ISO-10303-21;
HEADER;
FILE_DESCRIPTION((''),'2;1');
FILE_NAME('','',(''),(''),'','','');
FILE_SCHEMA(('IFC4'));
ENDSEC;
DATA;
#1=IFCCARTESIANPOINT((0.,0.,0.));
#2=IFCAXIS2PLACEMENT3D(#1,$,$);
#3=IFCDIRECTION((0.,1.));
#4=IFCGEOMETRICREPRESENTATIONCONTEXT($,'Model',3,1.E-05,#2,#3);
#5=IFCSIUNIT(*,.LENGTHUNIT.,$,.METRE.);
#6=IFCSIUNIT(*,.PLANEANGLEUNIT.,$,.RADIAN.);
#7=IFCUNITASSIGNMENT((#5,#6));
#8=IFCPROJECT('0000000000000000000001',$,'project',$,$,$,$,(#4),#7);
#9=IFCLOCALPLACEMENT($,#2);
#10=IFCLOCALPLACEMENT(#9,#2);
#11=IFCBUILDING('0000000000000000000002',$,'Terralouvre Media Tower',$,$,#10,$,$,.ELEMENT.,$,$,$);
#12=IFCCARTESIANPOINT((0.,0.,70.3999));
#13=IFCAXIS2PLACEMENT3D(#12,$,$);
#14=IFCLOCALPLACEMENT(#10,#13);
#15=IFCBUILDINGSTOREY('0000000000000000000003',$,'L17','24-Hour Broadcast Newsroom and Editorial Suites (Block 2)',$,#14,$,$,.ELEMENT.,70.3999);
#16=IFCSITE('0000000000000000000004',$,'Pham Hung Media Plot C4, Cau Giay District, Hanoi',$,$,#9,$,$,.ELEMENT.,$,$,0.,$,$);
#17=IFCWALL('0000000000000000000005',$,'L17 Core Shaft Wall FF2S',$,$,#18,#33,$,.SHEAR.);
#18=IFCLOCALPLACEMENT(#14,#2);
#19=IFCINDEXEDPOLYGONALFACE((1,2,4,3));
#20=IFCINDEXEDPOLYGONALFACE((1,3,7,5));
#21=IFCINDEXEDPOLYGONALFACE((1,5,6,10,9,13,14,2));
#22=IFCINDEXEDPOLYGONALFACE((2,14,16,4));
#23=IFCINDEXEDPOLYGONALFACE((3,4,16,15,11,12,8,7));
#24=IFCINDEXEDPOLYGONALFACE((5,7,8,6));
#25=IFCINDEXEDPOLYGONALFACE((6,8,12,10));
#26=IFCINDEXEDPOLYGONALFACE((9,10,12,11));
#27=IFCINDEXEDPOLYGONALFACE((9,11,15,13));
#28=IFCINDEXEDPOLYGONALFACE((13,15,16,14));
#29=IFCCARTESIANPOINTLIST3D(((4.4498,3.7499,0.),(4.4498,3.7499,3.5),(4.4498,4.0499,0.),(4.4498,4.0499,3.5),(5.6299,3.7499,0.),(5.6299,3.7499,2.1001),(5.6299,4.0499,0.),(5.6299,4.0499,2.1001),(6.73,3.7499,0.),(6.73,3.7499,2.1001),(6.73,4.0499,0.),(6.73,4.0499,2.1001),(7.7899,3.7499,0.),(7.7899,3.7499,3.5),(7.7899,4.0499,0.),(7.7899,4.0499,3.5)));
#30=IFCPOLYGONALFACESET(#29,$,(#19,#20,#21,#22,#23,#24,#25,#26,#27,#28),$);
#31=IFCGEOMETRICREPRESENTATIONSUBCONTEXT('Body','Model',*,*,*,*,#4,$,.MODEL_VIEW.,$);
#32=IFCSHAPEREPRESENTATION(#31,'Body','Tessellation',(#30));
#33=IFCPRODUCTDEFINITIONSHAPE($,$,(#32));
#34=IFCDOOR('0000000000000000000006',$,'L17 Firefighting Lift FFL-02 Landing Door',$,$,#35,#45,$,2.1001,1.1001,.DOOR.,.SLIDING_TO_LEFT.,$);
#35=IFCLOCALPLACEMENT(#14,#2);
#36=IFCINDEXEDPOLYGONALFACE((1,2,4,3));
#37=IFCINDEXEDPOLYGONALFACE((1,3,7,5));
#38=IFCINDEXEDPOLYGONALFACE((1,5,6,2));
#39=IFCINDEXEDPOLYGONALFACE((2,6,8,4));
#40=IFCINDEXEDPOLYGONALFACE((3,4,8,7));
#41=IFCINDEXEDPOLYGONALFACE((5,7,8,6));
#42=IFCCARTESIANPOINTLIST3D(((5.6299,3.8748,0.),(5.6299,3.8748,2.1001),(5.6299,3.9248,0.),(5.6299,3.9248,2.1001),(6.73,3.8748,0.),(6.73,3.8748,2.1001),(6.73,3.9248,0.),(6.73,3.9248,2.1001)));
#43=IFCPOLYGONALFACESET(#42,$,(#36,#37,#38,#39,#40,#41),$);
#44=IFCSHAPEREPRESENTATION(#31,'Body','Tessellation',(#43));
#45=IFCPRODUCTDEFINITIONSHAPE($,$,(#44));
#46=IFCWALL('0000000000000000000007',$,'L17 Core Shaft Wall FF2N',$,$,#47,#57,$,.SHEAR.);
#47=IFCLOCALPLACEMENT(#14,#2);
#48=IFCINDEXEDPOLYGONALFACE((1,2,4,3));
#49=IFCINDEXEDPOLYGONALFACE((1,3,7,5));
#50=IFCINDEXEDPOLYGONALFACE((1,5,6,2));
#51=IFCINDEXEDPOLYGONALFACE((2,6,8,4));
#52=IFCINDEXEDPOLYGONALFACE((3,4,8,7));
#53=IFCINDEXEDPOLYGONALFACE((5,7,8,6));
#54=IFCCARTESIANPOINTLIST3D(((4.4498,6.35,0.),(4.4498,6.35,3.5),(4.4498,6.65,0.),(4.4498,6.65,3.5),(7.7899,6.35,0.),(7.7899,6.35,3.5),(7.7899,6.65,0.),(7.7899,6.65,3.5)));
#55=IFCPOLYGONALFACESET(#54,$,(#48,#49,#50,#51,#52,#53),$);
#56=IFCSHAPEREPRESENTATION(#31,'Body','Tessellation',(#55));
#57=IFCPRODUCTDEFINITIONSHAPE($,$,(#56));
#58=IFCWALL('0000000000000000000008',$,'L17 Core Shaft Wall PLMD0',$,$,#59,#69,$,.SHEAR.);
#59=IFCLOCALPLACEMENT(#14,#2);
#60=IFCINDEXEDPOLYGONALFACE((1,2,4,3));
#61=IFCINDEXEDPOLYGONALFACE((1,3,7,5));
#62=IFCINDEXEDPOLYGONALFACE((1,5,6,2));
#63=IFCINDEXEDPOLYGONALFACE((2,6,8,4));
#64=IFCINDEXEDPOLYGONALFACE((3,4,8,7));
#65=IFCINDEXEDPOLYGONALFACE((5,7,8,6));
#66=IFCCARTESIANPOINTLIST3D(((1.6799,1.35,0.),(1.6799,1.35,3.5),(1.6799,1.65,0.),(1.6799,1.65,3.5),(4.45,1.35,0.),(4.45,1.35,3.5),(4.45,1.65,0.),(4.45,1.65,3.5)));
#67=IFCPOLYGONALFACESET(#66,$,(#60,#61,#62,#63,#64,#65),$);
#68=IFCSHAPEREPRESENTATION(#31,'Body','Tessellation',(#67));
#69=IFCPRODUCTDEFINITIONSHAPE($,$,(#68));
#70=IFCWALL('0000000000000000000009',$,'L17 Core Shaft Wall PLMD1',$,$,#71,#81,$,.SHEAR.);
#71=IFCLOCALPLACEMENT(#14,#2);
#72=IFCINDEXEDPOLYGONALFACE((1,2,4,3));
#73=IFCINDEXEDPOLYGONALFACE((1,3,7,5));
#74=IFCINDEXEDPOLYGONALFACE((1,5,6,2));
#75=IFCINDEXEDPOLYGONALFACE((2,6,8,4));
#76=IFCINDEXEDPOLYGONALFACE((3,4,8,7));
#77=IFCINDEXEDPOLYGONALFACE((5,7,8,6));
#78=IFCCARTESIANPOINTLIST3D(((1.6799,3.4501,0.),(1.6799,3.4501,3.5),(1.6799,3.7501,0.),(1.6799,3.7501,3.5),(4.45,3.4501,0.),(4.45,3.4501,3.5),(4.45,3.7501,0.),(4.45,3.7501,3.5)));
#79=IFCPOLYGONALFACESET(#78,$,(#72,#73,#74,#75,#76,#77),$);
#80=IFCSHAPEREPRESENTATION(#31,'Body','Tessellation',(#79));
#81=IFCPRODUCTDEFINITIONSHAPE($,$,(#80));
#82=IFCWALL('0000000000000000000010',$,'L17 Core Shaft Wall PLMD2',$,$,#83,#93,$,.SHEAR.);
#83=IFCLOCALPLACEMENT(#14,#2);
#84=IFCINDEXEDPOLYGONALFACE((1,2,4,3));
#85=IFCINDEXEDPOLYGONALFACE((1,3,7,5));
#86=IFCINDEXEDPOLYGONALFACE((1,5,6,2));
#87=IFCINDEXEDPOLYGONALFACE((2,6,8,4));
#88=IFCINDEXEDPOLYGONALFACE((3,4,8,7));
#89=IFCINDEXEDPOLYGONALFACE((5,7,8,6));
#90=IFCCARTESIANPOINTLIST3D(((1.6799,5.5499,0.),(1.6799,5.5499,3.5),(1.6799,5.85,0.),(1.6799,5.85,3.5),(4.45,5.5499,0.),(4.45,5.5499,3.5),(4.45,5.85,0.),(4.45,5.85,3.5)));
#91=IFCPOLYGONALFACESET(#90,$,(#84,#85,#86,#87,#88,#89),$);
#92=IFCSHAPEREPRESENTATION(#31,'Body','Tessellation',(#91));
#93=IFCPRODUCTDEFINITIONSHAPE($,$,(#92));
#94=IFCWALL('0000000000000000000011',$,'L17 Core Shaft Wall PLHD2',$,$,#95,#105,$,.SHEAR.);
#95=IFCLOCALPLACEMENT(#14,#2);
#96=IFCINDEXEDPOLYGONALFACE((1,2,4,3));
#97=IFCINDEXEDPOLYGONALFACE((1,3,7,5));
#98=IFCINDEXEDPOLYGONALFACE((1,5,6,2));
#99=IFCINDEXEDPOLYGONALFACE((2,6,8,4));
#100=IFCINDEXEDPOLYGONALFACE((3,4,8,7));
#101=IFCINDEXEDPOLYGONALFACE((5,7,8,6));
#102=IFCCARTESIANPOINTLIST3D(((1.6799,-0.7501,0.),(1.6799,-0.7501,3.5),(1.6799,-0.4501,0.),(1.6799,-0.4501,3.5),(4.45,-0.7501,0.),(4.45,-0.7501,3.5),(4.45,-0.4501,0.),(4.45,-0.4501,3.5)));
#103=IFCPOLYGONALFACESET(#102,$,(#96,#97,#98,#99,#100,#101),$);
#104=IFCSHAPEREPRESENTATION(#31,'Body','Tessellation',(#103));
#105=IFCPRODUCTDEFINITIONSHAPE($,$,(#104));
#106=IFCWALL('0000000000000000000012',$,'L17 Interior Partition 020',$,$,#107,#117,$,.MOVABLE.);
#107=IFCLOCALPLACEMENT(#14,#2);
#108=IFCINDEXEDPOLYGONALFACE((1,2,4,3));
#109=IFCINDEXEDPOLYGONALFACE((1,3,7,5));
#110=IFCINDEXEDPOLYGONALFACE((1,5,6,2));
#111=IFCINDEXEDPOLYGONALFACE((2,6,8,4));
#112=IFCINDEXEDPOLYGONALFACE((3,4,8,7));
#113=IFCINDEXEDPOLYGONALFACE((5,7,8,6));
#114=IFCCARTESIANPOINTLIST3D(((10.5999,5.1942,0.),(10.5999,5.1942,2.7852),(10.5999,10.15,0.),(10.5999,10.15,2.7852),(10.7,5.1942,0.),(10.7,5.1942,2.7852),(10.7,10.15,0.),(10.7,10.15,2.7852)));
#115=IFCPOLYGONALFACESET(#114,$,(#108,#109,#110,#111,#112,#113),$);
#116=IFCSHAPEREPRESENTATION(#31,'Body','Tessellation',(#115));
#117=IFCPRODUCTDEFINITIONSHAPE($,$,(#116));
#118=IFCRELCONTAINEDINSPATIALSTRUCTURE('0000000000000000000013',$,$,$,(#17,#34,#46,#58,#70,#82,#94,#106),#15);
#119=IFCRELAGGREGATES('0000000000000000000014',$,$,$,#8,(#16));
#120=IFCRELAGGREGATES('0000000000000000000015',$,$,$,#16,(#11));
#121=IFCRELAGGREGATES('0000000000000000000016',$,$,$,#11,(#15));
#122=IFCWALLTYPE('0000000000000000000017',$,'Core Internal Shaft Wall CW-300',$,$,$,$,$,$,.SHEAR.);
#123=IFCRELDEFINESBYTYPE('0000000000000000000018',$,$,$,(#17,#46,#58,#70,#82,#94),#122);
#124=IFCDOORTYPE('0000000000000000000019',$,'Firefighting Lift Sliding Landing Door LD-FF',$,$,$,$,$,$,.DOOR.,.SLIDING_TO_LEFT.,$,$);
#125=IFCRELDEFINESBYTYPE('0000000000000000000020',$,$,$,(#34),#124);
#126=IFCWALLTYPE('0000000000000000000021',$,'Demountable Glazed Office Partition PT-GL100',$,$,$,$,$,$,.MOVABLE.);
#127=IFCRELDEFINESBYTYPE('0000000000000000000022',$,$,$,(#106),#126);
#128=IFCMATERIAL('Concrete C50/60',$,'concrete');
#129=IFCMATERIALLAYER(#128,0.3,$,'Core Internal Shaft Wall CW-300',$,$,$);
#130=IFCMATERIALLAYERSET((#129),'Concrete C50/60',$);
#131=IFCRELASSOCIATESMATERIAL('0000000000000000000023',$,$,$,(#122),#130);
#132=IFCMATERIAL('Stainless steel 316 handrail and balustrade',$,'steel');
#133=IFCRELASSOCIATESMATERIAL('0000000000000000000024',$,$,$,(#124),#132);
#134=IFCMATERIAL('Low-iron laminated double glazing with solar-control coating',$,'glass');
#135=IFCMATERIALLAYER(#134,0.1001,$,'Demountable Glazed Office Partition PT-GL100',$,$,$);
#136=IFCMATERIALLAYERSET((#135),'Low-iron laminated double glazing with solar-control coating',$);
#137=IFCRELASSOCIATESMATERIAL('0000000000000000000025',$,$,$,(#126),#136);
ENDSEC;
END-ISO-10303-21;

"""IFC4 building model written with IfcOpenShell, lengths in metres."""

from ifc_helpers import new_model, si_unit, direction, frame, frame_2d, origin, place, context, subcontext, project, spatial, rectangle, extrude, material, layer, layer_set, type_object, element, fill, save


model = new_model("IFC4")

# Units and contexts
model_context = context("Model", 3, precision=1e-05, world=origin(), true_north=direction((0.0, 1.0)))
body_context = subcontext(model_context, "Body", "Model", "MODEL_VIEW")
ifc_project = project(units=[si_unit("LENGTHUNIT", "METRE"), si_unit("PLANEANGLEUNIT", "RADIAN")], contexts=[model_context])

# Site, building, storey
site_placement = place(None, origin())
site = spatial("IfcSite", under=ifc_project, at=site_placement, Name="Pham Hung Media Plot C4, Cau Giay District, Hanoi", CompositionType="ELEMENT", RefElevation=0.0)
building_placement = place(site_placement, origin())
building = spatial("IfcBuilding", under=site, at=building_placement, Name="Terralouvre Media Tower", CompositionType="ELEMENT")
storey_placement = place(building_placement, frame((0.0, 0.0, 70.3999)))
storey = spatial("IfcBuildingStorey", under=building, at=storey_placement, Name="L17", Description="24-Hour Broadcast Newsroom and Editorial Suites (Block 2)", CompositionType="ELEMENT", Elevation=70.3999)

# Wall, opening, door
ifc_material_1 = material(Name="Concrete C50/60", Category="concrete")
ifc_layer_1 = layer(ifc_material_1, 0.3, Name="Core Internal Shaft Wall CW-300")
ifc_layer_set_1 = layer_set([ifc_layer_1], Name="Concrete C50/60")
wall_type_1 = type_object("IfcWallType", Name="Core Internal Shaft Wall CW-300", PredefinedType="SHEAR", material=ifc_layer_set_1)
wall_1_placement = place(storey_placement, frame((4.45, 3.8999, 0.0), z_axis=(0.0, 0.0, 1.0), x_axis=(1.0, 0.0, 0.0)))
wall_1 = element("IfcWall", 1, at=wall_1_placement, inside=storey, type_object=wall_type_1, Name="L17 Core Shaft Wall FF2S", PredefinedType="SHEAR", context=body_context, shape_type="SweptSolid", body=[
    extrude(rectangle(XDim=3.3401, YDim=0.3, at=frame_2d((1.6699, 0.0))), origin(), (0.0, 0.0, 1.0), 3.5),
])
opening_1_placement = place(wall_1_placement, frame((1.1799, 0.0, 0.0)))
opening_1 = element("IfcOpeningElement", 2, at=opening_1_placement, cuts=wall_1, PredefinedType="OPENING", context=body_context, shape_type="SweptSolid", body=[
    extrude(rectangle(XDim=1.1001, YDim=2.1001, at=frame_2d((0.55, 1.05))), frame((0.0, 0.1599, 0.0), z_axis=(0.0, -1.0, 0.0), x_axis=(1.0, 0.0, 0.0)), (0.0, 0.0, 1.0), 0.3201),
])
ifc_material_2 = material(Name="Stainless steel 316 handrail and balustrade", Category="steel")
door_type_1 = type_object("IfcDoorType", Name="Firefighting Lift Sliding Landing Door LD-FF", OperationType="SLIDING_TO_LEFT", PredefinedType="DOOR", material=ifc_material_2)
door_1_placement = place(opening_1_placement, origin())
door_1 = element("IfcDoor", 3, at=door_1_placement, inside=storey, type_object=door_type_1, Name="L17 Firefighting Lift FFL-02 Landing Door", OperationType="SLIDING_TO_LEFT", OverallHeight=2.1001, OverallWidth=1.1001, PredefinedType="DOOR", context=body_context, shape_type="SweptSolid", body=[
    extrude(rectangle(XDim=1.1001, YDim=2.1001, at=frame_2d((0.55, 1.05))), frame((0.0, 0.0249, 0.0), z_axis=(0.0, -1.0, 0.0), x_axis=(1.0, 0.0, 0.0)), (0.0, 0.0, 1.0), 0.05),
])
fill(opening_1, door_1)

# Walls
wall_2_placement = place(storey_placement, frame((4.45, 6.5, 0.0), z_axis=(0.0, 0.0, 1.0), x_axis=(1.0, 0.0, 0.0)))
element("IfcWall", 4, at=wall_2_placement, inside=storey, type_object=wall_type_1, Name="L17 Core Shaft Wall FF2N", PredefinedType="SHEAR", context=body_context, shape_type="SweptSolid", body=[
    extrude(rectangle(XDim=3.3401, YDim=0.3, at=frame_2d((1.6699, 0.0))), origin(), (0.0, 0.0, 1.0), 3.5),
])
for number, where, z_axis, x_axis, name in (
    (5, (1.6799, 1.5, 0.0), (0.0, 0.0, 1.0), (1.0, 0.0, 0.0), "L17 Core Shaft Wall PLMD0"),
    (6, (1.6799, 3.6001, 0.0), (0.0, 0.0, 1.0), (1.0, 0.0, 0.0), "L17 Core Shaft Wall PLMD1"),
    (7, (1.6799, 5.7, 0.0), (0.0, 0.0, 1.0), (1.0, 0.0, 0.0), "L17 Core Shaft Wall PLMD2"),
    (8, (1.6799, -0.6001, 0.0), (0.0, 0.0, 1.0), (1.0, 0.0, 0.0), "L17 Core Shaft Wall PLHD2"),
):
    element("IfcWall", number, at=place(storey_placement, frame(where, z_axis=z_axis, x_axis=x_axis)), inside=storey, type_object=wall_type_1, Name=name, PredefinedType="SHEAR", context=body_context, shape_type="SweptSolid", body=[
        extrude(rectangle(XDim=2.77, YDim=0.3, at=frame_2d((1.385, 0.0))), origin(), (0.0, 0.0, 1.0), 3.5),
    ])
ifc_material_3 = material(Name="Low-iron laminated double glazing with solar-control coating", Category="glass")
ifc_layer_2 = layer(ifc_material_3, 0.1001, Name="Demountable Glazed Office Partition PT-GL100")
ifc_layer_set_2 = layer_set([ifc_layer_2], Name="Low-iron laminated double glazing with solar-control coating")
wall_type_2 = type_object("IfcWallType", Name="Demountable Glazed Office Partition PT-GL100", PredefinedType="MOVABLE", material=ifc_layer_set_2)
wall_3_placement = place(storey_placement, frame((10.6499, 5.1941, 0.0), z_axis=(0.0, 0.0, 1.0), x_axis=(0.0, 1.0, 0.0)))
element("IfcWall", 9, at=wall_3_placement, inside=storey, type_object=wall_type_2, Name="L17 Interior Partition 020", PredefinedType="MOVABLE", context=body_context, shape_type="SweptSolid", body=[
    extrude(rectangle(XDim=4.9558, YDim=0.1001, at=frame_2d((2.478, 0.0))), origin(), (0.0, 0.0, 1.0), 2.7852),
])

save(model, "model.ifc")
